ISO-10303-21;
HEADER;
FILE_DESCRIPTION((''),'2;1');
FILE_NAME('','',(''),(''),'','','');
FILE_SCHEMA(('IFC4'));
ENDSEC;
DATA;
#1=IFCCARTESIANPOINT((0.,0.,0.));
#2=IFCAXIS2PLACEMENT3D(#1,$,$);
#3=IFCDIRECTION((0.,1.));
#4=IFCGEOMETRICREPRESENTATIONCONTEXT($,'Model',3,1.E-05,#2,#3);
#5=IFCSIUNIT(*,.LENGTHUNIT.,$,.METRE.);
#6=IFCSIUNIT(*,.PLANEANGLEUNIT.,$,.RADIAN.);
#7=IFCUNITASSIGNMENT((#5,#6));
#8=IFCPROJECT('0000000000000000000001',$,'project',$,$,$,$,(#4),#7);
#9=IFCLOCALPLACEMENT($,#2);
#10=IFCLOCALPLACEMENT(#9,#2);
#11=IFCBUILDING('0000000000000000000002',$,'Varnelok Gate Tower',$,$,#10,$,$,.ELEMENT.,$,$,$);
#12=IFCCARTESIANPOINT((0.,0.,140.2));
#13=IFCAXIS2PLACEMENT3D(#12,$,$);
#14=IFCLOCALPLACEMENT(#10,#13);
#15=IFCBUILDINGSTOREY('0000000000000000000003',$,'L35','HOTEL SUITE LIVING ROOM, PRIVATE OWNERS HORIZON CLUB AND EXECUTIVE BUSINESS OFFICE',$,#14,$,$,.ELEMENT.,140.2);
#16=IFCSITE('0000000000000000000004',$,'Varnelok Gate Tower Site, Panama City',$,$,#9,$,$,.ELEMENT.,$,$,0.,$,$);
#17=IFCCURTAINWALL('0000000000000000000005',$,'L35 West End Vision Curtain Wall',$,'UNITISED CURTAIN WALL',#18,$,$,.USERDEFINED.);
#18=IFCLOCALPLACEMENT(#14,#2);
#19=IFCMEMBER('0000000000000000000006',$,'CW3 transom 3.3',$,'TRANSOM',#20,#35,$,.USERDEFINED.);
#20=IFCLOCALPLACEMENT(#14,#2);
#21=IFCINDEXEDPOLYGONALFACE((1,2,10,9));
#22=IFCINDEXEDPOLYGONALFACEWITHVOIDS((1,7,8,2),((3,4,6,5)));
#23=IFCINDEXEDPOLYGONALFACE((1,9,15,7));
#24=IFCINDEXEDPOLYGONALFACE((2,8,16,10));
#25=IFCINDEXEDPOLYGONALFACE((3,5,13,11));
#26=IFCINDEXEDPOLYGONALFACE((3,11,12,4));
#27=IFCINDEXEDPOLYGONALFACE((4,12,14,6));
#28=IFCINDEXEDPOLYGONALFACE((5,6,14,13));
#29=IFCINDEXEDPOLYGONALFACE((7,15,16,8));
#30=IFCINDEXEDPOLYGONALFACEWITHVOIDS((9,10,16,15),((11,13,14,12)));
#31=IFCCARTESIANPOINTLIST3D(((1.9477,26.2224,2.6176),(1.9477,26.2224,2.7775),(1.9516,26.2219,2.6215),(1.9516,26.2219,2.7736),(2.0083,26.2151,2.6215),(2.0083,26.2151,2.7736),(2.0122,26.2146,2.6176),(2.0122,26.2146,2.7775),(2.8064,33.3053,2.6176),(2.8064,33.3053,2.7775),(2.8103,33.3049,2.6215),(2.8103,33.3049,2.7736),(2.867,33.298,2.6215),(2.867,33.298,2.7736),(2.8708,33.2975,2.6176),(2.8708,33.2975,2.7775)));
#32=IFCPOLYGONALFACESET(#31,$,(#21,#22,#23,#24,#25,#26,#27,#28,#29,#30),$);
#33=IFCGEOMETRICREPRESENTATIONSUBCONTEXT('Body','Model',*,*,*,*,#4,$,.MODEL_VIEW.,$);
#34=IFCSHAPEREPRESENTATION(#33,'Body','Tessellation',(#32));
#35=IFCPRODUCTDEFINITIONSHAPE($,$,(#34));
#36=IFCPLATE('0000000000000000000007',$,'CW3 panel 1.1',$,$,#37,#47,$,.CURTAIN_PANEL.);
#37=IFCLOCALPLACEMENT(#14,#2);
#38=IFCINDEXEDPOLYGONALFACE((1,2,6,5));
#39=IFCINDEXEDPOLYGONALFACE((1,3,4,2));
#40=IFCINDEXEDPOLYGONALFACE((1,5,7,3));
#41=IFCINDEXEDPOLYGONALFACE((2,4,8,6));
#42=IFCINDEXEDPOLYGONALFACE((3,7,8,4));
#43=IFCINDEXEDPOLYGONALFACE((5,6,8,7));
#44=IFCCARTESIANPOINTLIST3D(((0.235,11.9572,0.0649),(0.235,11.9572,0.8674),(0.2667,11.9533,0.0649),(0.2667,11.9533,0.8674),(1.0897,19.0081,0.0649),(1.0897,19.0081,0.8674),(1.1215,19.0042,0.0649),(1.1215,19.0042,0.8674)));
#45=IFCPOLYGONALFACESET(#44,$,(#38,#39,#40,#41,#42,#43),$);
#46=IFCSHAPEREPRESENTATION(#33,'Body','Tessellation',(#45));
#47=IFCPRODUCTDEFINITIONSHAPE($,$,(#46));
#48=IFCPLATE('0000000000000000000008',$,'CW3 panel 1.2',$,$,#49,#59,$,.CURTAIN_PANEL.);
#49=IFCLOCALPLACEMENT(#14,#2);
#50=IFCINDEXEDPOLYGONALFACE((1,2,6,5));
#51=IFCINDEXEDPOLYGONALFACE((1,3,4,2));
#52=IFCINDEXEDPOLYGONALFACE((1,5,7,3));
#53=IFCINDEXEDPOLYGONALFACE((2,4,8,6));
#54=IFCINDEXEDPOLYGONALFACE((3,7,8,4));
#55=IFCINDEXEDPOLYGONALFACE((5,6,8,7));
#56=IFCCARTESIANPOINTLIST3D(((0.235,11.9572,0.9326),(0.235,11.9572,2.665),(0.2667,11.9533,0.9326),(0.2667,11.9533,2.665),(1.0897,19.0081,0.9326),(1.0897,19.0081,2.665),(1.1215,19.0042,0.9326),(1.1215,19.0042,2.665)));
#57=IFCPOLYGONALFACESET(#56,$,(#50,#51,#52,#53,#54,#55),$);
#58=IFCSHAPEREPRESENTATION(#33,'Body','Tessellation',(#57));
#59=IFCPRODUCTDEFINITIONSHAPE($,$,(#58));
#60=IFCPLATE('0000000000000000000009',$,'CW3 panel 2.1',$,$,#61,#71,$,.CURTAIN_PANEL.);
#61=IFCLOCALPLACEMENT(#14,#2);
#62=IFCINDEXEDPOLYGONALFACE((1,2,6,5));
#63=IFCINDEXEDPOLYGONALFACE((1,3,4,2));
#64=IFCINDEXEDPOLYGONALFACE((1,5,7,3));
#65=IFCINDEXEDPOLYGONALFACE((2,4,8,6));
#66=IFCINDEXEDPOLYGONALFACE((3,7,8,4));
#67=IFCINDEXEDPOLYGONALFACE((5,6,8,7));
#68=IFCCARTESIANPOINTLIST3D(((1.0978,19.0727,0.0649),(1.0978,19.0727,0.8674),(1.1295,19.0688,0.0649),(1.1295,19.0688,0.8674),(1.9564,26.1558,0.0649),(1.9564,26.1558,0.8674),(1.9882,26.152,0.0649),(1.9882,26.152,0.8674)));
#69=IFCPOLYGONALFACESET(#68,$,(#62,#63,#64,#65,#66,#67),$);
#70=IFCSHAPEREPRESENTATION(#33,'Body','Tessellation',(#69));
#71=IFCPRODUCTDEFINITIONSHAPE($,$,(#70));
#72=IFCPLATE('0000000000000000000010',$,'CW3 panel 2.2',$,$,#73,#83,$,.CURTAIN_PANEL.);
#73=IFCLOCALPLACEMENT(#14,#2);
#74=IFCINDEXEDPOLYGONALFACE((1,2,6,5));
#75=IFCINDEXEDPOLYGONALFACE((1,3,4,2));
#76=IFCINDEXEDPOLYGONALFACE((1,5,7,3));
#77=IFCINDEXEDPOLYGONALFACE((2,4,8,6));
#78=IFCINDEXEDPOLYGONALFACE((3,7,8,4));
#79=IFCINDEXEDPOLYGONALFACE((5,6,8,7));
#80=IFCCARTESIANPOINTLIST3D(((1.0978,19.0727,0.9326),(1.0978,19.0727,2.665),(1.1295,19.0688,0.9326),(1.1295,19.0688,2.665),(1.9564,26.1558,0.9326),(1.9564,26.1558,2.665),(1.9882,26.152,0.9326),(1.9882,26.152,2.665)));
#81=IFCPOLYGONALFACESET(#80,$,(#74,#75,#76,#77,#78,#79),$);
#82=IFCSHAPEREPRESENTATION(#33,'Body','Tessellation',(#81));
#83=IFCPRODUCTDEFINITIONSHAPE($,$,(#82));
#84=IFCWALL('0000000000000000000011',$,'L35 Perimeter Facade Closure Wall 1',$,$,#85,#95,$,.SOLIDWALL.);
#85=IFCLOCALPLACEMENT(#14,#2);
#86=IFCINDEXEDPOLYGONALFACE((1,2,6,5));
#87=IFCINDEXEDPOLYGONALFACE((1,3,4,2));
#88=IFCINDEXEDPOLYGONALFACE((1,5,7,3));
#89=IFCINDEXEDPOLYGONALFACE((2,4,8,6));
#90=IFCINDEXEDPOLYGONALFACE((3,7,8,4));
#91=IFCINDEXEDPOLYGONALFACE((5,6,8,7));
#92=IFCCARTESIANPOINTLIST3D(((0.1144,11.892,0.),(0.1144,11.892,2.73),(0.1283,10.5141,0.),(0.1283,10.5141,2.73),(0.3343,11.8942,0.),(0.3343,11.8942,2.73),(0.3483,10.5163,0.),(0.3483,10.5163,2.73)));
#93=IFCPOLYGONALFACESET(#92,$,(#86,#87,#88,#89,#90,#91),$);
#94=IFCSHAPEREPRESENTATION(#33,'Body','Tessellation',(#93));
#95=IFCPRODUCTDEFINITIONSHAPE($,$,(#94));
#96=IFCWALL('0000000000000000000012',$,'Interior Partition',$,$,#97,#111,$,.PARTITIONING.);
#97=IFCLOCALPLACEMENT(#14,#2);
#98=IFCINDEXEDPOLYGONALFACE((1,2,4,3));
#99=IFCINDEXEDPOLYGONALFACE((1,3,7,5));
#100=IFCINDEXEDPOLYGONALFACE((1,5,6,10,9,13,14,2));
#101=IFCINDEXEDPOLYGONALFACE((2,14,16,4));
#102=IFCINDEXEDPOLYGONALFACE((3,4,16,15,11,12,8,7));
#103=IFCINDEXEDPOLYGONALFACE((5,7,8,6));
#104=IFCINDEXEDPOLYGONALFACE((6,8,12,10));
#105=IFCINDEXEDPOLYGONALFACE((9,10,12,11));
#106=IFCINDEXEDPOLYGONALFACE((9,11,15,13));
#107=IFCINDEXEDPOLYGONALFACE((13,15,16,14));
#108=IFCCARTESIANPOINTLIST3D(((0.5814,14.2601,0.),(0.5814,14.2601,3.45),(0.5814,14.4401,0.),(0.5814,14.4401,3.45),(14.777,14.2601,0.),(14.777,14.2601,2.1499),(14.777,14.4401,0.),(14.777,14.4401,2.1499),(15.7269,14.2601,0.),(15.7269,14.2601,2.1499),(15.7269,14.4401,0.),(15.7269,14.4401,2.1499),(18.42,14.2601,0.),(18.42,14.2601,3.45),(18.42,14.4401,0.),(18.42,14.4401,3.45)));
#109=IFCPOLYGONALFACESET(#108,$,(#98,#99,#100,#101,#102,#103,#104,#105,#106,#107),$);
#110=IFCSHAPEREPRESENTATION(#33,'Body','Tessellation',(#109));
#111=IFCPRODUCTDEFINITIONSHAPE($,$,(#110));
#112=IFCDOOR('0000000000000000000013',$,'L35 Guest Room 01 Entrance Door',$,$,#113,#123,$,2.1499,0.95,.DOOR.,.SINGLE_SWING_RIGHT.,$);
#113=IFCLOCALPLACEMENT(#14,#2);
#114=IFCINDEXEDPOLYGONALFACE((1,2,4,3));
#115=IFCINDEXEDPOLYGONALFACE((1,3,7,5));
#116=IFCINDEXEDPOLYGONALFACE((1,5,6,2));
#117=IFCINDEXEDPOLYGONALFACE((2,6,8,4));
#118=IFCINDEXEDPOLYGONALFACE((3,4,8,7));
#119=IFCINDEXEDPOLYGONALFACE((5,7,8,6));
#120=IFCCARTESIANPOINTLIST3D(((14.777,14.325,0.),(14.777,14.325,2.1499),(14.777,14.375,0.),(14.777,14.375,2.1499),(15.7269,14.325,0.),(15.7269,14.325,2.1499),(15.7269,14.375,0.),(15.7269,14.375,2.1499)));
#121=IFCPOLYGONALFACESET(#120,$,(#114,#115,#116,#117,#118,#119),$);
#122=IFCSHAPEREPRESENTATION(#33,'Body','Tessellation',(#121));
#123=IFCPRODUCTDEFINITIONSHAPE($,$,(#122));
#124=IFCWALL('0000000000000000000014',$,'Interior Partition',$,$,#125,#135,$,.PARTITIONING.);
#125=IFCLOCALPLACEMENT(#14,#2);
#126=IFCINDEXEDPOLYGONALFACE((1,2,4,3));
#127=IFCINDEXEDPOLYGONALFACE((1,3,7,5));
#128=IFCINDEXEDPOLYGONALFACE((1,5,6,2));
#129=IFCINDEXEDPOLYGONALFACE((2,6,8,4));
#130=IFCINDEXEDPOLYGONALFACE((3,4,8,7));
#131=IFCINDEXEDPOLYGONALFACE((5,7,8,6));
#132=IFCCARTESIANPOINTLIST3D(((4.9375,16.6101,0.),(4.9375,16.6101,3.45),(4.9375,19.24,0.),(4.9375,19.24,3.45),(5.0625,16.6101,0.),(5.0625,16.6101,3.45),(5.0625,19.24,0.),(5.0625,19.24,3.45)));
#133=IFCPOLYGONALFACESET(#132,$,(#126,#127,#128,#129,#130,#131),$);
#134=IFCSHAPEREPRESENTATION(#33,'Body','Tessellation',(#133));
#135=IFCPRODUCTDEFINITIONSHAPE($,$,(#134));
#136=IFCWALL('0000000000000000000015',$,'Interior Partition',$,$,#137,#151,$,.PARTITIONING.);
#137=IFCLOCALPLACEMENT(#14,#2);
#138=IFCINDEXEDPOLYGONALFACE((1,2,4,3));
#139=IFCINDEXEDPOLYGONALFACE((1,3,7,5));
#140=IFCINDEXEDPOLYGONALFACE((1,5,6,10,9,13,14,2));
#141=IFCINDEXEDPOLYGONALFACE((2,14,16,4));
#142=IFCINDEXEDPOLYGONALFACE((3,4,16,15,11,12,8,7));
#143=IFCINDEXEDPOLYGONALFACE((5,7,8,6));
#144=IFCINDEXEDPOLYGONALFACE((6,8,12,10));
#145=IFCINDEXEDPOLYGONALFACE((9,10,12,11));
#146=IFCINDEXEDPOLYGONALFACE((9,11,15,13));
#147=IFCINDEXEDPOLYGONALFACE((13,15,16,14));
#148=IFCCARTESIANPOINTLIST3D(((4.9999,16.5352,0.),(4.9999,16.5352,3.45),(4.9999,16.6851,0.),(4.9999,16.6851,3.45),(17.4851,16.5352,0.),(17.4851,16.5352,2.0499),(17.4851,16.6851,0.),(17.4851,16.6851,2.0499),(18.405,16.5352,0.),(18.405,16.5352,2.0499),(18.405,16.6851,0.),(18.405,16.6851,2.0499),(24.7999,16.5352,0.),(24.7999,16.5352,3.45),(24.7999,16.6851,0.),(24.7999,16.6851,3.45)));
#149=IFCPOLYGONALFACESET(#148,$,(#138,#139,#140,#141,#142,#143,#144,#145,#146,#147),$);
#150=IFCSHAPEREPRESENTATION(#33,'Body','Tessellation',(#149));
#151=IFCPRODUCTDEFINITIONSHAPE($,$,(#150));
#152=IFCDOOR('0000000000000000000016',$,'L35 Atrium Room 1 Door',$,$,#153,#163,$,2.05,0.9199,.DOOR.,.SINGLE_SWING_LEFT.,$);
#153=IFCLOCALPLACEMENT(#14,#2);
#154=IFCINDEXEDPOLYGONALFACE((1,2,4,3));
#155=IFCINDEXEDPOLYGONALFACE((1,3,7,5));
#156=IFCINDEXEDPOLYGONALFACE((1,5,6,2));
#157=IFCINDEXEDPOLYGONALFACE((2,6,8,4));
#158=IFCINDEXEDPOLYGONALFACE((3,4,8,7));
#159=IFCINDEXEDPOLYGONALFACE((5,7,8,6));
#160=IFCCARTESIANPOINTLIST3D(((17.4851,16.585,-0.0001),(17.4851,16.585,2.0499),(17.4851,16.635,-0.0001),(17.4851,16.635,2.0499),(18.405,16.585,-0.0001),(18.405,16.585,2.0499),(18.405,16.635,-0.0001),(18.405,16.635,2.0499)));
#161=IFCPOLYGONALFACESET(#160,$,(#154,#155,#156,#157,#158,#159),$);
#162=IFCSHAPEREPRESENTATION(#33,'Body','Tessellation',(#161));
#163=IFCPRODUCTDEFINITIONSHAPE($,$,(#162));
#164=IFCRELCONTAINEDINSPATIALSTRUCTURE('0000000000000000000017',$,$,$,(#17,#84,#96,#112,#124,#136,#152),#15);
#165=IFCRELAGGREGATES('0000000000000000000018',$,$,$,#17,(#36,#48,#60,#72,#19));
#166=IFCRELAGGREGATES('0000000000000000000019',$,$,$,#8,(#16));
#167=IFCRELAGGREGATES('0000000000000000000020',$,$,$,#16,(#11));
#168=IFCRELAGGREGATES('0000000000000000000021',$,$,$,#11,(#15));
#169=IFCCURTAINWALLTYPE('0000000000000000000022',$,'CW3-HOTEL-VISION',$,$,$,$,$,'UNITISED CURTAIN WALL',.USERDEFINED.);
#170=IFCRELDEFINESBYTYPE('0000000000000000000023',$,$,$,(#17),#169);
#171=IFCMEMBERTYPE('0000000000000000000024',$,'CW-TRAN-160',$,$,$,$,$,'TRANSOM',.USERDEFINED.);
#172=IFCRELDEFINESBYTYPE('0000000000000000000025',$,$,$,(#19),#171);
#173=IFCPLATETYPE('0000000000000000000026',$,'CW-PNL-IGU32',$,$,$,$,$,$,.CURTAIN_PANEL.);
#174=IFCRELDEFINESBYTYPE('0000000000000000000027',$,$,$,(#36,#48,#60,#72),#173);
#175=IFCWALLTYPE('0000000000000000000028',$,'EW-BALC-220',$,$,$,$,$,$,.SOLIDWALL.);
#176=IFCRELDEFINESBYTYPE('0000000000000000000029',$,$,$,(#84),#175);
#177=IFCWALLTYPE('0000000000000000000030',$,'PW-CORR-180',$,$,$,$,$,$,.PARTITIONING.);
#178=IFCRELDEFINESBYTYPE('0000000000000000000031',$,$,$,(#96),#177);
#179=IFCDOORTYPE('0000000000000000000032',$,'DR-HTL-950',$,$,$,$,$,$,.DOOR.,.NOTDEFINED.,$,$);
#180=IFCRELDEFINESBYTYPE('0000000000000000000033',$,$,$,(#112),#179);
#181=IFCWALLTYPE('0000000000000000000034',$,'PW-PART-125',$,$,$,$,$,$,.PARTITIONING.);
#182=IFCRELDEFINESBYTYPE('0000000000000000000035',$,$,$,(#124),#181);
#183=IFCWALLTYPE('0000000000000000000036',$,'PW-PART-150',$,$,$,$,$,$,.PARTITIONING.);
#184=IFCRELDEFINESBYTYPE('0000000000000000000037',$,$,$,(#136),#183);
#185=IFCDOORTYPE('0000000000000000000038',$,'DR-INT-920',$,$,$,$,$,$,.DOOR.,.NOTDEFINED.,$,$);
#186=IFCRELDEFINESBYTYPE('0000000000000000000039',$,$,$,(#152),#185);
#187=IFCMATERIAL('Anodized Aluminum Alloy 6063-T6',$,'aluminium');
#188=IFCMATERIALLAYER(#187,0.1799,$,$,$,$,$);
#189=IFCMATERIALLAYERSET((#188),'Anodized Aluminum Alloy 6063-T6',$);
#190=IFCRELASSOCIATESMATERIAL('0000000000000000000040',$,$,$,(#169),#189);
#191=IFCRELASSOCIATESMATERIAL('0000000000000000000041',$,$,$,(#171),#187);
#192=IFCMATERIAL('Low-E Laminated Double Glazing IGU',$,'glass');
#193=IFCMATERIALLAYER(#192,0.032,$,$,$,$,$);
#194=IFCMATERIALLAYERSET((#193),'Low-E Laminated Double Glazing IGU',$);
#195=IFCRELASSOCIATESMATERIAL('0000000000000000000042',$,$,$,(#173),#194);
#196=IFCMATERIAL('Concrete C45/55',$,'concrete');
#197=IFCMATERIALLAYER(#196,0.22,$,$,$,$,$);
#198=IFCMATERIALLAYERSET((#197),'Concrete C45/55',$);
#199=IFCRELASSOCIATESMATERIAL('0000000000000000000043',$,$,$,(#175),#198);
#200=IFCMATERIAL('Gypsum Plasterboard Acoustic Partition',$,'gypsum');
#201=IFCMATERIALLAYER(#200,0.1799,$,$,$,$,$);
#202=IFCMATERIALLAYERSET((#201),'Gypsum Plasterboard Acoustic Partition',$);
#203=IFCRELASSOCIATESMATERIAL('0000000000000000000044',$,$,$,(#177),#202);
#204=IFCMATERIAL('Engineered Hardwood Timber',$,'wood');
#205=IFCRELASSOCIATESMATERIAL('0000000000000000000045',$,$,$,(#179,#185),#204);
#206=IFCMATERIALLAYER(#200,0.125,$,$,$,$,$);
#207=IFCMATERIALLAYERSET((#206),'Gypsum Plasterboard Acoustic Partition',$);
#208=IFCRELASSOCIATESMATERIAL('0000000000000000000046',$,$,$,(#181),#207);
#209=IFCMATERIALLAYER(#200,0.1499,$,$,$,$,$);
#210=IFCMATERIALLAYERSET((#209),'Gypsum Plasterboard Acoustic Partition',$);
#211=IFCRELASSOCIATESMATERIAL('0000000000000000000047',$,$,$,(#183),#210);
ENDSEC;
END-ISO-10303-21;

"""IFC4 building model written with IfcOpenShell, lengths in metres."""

from ifc_helpers import new_model, si_unit, direction, frame, frame_2d, origin, origin_2d, place, context, subcontext, project, spatial, rectangle, hollow_rectangle, extrude, source, transform, mapped, material, layer, layer_set, material_profile, profile_set, type_object, element, fill, aggregate, save


model = new_model("IFC4")

# Units and contexts
model_context = context("Model", 3, precision=1e-05, world=origin(), true_north=direction((0.0, 1.0)))
body_context = subcontext(model_context, "Body", "Model", "MODEL_VIEW")
ifc_project = project(units=[si_unit("LENGTHUNIT", "METRE"), si_unit("PLANEANGLEUNIT", "RADIAN")], contexts=[model_context])

# Site, building, storey
site_placement = place(None, origin())
site = spatial("IfcSite", under=ifc_project, at=site_placement, Name="Varnelok Gate Tower Site, Panama City", CompositionType="ELEMENT", RefElevation=0.0)
building_placement = place(site_placement, origin())
building = spatial("IfcBuilding", under=site, at=building_placement, Name="Varnelok Gate Tower", CompositionType="ELEMENT")
storey_placement = place(building_placement, frame((0.0, 0.0, 140.2)))
storey = spatial("IfcBuildingStorey", under=building, at=storey_placement, Name="L35", Description="HOTEL SUITE LIVING ROOM, PRIVATE OWNERS HORIZON CLUB AND EXECUTIVE BUSINESS OFFICE", CompositionType="ELEMENT", Elevation=140.2)

# Curtain wall, member, plates
ifc_material_1 = material(Name="Anodized Aluminum Alloy 6063-T6", Category="aluminium")
ifc_layer_1 = layer(ifc_material_1, 0.1799)
ifc_layer_set_1 = layer_set([ifc_layer_1], Name="Anodized Aluminum Alloy 6063-T6")
curtain_wall_type = type_object("IfcCurtainWallType", Name="CW3-HOTEL-VISION", ElementType="UNITISED CURTAIN WALL", PredefinedType="USERDEFINED", material=ifc_layer_set_1)
curtain_wall_placement = place(storey_placement, origin())
curtain_wall = element("IfcCurtainWall", 1, at=curtain_wall_placement, inside=storey, type_object=curtain_wall_type, Name="L35 West End Vision Curtain Wall", ObjectType="UNITISED CURTAIN WALL", PredefinedType="USERDEFINED")
ifc_material_profile_1 = material_profile(ifc_material_1, hollow_rectangle(XDim=0.0649, YDim=0.1599, WallThickness=0.0039, at=origin_2d()), Name="ALU160X65X4")
ifc_profile_set_1 = profile_set([ifc_material_profile_1], Name="Anodized Aluminum Alloy 6063-T6")
member_type_1 = type_object("IfcMemberType", Name="CW-TRAN-160", ElementType="TRANSOM", PredefinedType="USERDEFINED", material=ifc_profile_set_1)
member_1_placement = place(storey_placement, frame((1.98, 26.2185, 2.6975), z_axis=(0.120345, 0.992732, 0.0), x_axis=(-0.992732, 0.120345, 0.0)))
member_1 = element("IfcMember", 2, at=member_1_placement, type_object=member_type_1, Name="CW3 transom 3.3", ObjectType="TRANSOM", PredefinedType="USERDEFINED", context=body_context, shape_type="SweptSolid", body=[
    extrude(hollow_rectangle(XDim=0.0649, YDim=0.1599, WallThickness=0.0039, at=origin_2d()), origin(), (0.0, 0.0, 1.0), 7.1348),
])
ifc_material_2 = material(Name="Low-E Laminated Double Glazing IGU", Category="glass")
ifc_layer_2 = layer(ifc_material_2, 0.032)
ifc_layer_set_2 = layer_set([ifc_layer_2], Name="Low-E Laminated Double Glazing IGU")
plate_type = type_object("IfcPlateType", Name="CW-PNL-IGU32", PredefinedType="CURTAIN_PANEL", material=ifc_layer_set_2)
shared_shape_1 = source(origin(), body_context, "Body", "SweptSolid", [
    extrude(rectangle(XDim=7.1025, YDim=0.032, at=origin_2d()), origin(), (0.0, 0.0, 1.0), 0.8025),
])
plate_1_placement = place(storey_placement, frame((0.6782, 15.4807, 0.0649), z_axis=(0.0, 0.0, 1.0), x_axis=(0.120347, 0.992732, 0.0)))
plate_1 = element("IfcPlate", 3, at=plate_1_placement, type_object=plate_type, Name="CW3 panel 1.1", PredefinedType="CURTAIN_PANEL", context=body_context, shape_type="MappedRepresentation", body=[
    mapped(shared_shape_1, transform((0.0, 0.0, 0.0), scale=1.0)),
])
shared_shape_2 = source(origin(), body_context, "Body", "SweptSolid", [
    extrude(rectangle(XDim=7.1025, YDim=0.032, at=origin_2d()), origin(), (0.0, 0.0, 1.0), 1.7324),
])
plate_2_placement = place(storey_placement, frame((0.6782, 15.4807, 0.9326), z_axis=(0.0, 0.0, 1.0), x_axis=(0.120347, 0.992732, 0.0)))
plate_2 = element("IfcPlate", 4, at=plate_2_placement, type_object=plate_type, Name="CW3 panel 1.2", PredefinedType="CURTAIN_PANEL", context=body_context, shape_type="MappedRepresentation", body=[
    mapped(shared_shape_2, transform((0.0, 0.0, 0.0), scale=1.0)),
])
shared_shape_3 = source(origin(), body_context, "Body", "SweptSolid", [
    extrude(rectangle(XDim=7.135, YDim=0.032, at=origin_2d()), origin(), (0.0, 0.0, 1.0), 0.8025),
])
plate_3_placement = place(storey_placement, frame((1.543, 22.6123, 0.0649), z_axis=(0.0, 0.0, 1.0), x_axis=(0.120347, 0.992732, 0.0)))
plate_3 = element("IfcPlate", 5, at=plate_3_placement, type_object=plate_type, Name="CW3 panel 2.1", PredefinedType="CURTAIN_PANEL", context=body_context, shape_type="MappedRepresentation", body=[
    mapped(shared_shape_3, transform((0.0, 0.0, 0.0), scale=1.0)),
])
shared_shape_4 = source(origin(), body_context, "Body", "SweptSolid", [
    extrude(rectangle(XDim=7.135, YDim=0.032, at=origin_2d()), origin(), (0.0, 0.0, 1.0), 1.7324),
])
plate_4_placement = place(storey_placement, frame((1.543, 22.6123, 0.9326), z_axis=(0.0, 0.0, 1.0), x_axis=(0.120347, 0.992732, 0.0)))
plate_4 = element("IfcPlate", 6, at=plate_4_placement, type_object=plate_type, Name="CW3 panel 2.2", PredefinedType="CURTAIN_PANEL", context=body_context, shape_type="MappedRepresentation", body=[
    mapped(shared_shape_4, transform((0.0, 0.0, 0.0), scale=1.0)),
])
aggregate(curtain_wall, [plate_1, plate_2, plate_3, plate_4, member_1])

# Wall
ifc_material_3 = material(Name="Concrete C45/55", Category="concrete")
ifc_layer_3 = layer(ifc_material_3, 0.22)
ifc_layer_set_3 = layer_set([ifc_layer_3], Name="Concrete C45/55")
wall_type_1 = type_object("IfcWallType", Name="EW-BALC-220", PredefinedType="SOLIDWALL", material=ifc_layer_set_3)
wall_1_placement = place(storey_placement, frame((0.2244, 11.8931, 0.0), z_axis=(0.0, 0.0, 1.0), x_axis=(0.010099, -0.999949, 0.0)))
element("IfcWall", 7, at=wall_1_placement, inside=storey, type_object=wall_type_1, Name="L35 Perimeter Facade Closure Wall 1", PredefinedType="SOLIDWALL", context=body_context, shape_type="SweptSolid", body=[
    extrude(rectangle(XDim=1.3779, YDim=0.22, at=frame_2d((0.689, 0.0))), origin(), (0.0, 0.0, 1.0), 2.73),
])

# Wall, opening, door
ifc_material_4 = material(Name="Gypsum Plasterboard Acoustic Partition", Category="gypsum")
ifc_layer_4 = layer(ifc_material_4, 0.1799)
ifc_layer_set_4 = layer_set([ifc_layer_4], Name="Gypsum Plasterboard Acoustic Partition")
wall_type_2 = type_object("IfcWallType", Name="PW-CORR-180", PredefinedType="PARTITIONING", material=ifc_layer_set_4)
wall_2_placement = place(storey_placement, frame((0.5813, 14.3501, 0.0), z_axis=(0.0, 0.0, 1.0), x_axis=(1.0, 0.0, 0.0)))
wall_2 = element("IfcWall", 8, at=wall_2_placement, inside=storey, type_object=wall_type_2, Name="Interior Partition", PredefinedType="PARTITIONING", context=body_context, shape_type="SweptSolid", body=[
    extrude(rectangle(XDim=17.8386, YDim=0.1799, at=frame_2d((8.9194, 0.0))), origin(), (0.0, 0.0, 1.0), 3.45),
])
opening_1_placement = place(wall_2_placement, frame((14.1956, 0.0, 0.0)))
opening_1 = element("IfcOpeningElement", 9, at=opening_1_placement, cuts=wall_2, PredefinedType="OPENING", context=body_context, shape_type="SweptSolid", body=[
    extrude(rectangle(XDim=0.95, YDim=2.1499, at=frame_2d((0.4751, 1.075))), frame((0.0, 0.0999, 0.0), z_axis=(0.0, -1.0, 0.0), x_axis=(1.0, 0.0, 0.0)), (0.0, 0.0, 1.0), 0.2),
])
ifc_material_5 = material(Name="Engineered Hardwood Timber", Category="wood")
door_type_1 = type_object("IfcDoorType", Name="DR-HTL-950", OperationType="NOTDEFINED", PredefinedType="DOOR", material=ifc_material_5)
door_1_placement = place(opening_1_placement, origin())
door_1 = element("IfcDoor", 10, at=door_1_placement, inside=storey, type_object=door_type_1, Name="L35 Guest Room 01 Entrance Door", OperationType="SINGLE_SWING_RIGHT", OverallHeight=2.1499, OverallWidth=0.95, PredefinedType="DOOR", context=body_context, shape_type="SweptSolid", body=[
    extrude(rectangle(XDim=0.95, YDim=2.1499, at=frame_2d((0.4751, 1.075))), frame((0.0, 0.0249, 0.0), z_axis=(0.0, -1.0, 0.0), x_axis=(1.0, 0.0, 0.0)), (0.0, 0.0, 1.0), 0.05),
])
fill(opening_1, door_1)

# Wall
ifc_layer_5 = layer(ifc_material_4, 0.125)
ifc_layer_set_5 = layer_set([ifc_layer_5], Name="Gypsum Plasterboard Acoustic Partition")
wall_type_3 = type_object("IfcWallType", Name="PW-PART-125", PredefinedType="PARTITIONING", material=ifc_layer_set_5)
wall_3_placement = place(storey_placement, frame((5.0, 16.6101, 0.0), z_axis=(0.0, 0.0, 1.0), x_axis=(0.0, 1.0, 0.0)))
element("IfcWall", 11, at=wall_3_placement, inside=storey, type_object=wall_type_3, Name="Interior Partition", PredefinedType="PARTITIONING", context=body_context, shape_type="SweptSolid", body=[
    extrude(rectangle(XDim=2.6299, YDim=0.125, at=frame_2d((1.3149, 0.0))), origin(), (0.0, 0.0, 1.0), 3.45),
])

# Wall, opening, door
ifc_layer_6 = layer(ifc_material_4, 0.1499)
ifc_layer_set_6 = layer_set([ifc_layer_6], Name="Gypsum Plasterboard Acoustic Partition")
wall_type_4 = type_object("IfcWallType", Name="PW-PART-150", PredefinedType="PARTITIONING", material=ifc_layer_set_6)
wall_4_placement = place(storey_placement, frame((5.0, 16.6101, 0.0), z_axis=(0.0, 0.0, 1.0), x_axis=(1.0, 0.0, 0.0)))
wall_4 = element("IfcWall", 12, at=wall_4_placement, inside=storey, type_object=wall_type_4, Name="Interior Partition", PredefinedType="PARTITIONING", context=body_context, shape_type="SweptSolid", body=[
    extrude(rectangle(XDim=19.8, YDim=0.1499, at=frame_2d((9.8999, 0.0))), origin(), (0.0, 0.0, 1.0), 3.45),
])
opening_2_placement = place(wall_4_placement, frame((12.4851, 0.0, 0.0)))
opening_2 = element("IfcOpeningElement", 13, at=opening_2_placement, cuts=wall_4, PredefinedType="OPENING", context=body_context, shape_type="SweptSolid", body=[
    extrude(rectangle(XDim=0.9199, YDim=2.05, at=frame_2d((0.46, 1.0249))), frame((0.0, 0.085, 0.0), z_axis=(0.0, -1.0, 0.0), x_axis=(1.0, 0.0, 0.0)), (0.0, 0.0, 1.0), 0.1699),
])
door_type_2 = type_object("IfcDoorType", Name="DR-INT-920", OperationType="NOTDEFINED", PredefinedType="DOOR", material=ifc_material_5)
door_2_placement = place(opening_2_placement, origin())
door_2 = element("IfcDoor", 14, at=door_2_placement, inside=storey, type_object=door_type_2, Name="L35 Atrium Room 1 Door", OperationType="SINGLE_SWING_LEFT", OverallHeight=2.05, OverallWidth=0.9199, PredefinedType="DOOR", context=body_context, shape_type="SweptSolid", body=[
    extrude(rectangle(XDim=0.9199, YDim=2.05, at=frame_2d((0.46, 1.0249))), frame((0.0, 0.0249, 0.0), z_axis=(0.0, -1.0, 0.0), x_axis=(1.0, 0.0, 0.0)), (0.0, 0.0, 1.0), 0.05),
])
fill(opening_2, door_2)

save(model, "model.ifc")
